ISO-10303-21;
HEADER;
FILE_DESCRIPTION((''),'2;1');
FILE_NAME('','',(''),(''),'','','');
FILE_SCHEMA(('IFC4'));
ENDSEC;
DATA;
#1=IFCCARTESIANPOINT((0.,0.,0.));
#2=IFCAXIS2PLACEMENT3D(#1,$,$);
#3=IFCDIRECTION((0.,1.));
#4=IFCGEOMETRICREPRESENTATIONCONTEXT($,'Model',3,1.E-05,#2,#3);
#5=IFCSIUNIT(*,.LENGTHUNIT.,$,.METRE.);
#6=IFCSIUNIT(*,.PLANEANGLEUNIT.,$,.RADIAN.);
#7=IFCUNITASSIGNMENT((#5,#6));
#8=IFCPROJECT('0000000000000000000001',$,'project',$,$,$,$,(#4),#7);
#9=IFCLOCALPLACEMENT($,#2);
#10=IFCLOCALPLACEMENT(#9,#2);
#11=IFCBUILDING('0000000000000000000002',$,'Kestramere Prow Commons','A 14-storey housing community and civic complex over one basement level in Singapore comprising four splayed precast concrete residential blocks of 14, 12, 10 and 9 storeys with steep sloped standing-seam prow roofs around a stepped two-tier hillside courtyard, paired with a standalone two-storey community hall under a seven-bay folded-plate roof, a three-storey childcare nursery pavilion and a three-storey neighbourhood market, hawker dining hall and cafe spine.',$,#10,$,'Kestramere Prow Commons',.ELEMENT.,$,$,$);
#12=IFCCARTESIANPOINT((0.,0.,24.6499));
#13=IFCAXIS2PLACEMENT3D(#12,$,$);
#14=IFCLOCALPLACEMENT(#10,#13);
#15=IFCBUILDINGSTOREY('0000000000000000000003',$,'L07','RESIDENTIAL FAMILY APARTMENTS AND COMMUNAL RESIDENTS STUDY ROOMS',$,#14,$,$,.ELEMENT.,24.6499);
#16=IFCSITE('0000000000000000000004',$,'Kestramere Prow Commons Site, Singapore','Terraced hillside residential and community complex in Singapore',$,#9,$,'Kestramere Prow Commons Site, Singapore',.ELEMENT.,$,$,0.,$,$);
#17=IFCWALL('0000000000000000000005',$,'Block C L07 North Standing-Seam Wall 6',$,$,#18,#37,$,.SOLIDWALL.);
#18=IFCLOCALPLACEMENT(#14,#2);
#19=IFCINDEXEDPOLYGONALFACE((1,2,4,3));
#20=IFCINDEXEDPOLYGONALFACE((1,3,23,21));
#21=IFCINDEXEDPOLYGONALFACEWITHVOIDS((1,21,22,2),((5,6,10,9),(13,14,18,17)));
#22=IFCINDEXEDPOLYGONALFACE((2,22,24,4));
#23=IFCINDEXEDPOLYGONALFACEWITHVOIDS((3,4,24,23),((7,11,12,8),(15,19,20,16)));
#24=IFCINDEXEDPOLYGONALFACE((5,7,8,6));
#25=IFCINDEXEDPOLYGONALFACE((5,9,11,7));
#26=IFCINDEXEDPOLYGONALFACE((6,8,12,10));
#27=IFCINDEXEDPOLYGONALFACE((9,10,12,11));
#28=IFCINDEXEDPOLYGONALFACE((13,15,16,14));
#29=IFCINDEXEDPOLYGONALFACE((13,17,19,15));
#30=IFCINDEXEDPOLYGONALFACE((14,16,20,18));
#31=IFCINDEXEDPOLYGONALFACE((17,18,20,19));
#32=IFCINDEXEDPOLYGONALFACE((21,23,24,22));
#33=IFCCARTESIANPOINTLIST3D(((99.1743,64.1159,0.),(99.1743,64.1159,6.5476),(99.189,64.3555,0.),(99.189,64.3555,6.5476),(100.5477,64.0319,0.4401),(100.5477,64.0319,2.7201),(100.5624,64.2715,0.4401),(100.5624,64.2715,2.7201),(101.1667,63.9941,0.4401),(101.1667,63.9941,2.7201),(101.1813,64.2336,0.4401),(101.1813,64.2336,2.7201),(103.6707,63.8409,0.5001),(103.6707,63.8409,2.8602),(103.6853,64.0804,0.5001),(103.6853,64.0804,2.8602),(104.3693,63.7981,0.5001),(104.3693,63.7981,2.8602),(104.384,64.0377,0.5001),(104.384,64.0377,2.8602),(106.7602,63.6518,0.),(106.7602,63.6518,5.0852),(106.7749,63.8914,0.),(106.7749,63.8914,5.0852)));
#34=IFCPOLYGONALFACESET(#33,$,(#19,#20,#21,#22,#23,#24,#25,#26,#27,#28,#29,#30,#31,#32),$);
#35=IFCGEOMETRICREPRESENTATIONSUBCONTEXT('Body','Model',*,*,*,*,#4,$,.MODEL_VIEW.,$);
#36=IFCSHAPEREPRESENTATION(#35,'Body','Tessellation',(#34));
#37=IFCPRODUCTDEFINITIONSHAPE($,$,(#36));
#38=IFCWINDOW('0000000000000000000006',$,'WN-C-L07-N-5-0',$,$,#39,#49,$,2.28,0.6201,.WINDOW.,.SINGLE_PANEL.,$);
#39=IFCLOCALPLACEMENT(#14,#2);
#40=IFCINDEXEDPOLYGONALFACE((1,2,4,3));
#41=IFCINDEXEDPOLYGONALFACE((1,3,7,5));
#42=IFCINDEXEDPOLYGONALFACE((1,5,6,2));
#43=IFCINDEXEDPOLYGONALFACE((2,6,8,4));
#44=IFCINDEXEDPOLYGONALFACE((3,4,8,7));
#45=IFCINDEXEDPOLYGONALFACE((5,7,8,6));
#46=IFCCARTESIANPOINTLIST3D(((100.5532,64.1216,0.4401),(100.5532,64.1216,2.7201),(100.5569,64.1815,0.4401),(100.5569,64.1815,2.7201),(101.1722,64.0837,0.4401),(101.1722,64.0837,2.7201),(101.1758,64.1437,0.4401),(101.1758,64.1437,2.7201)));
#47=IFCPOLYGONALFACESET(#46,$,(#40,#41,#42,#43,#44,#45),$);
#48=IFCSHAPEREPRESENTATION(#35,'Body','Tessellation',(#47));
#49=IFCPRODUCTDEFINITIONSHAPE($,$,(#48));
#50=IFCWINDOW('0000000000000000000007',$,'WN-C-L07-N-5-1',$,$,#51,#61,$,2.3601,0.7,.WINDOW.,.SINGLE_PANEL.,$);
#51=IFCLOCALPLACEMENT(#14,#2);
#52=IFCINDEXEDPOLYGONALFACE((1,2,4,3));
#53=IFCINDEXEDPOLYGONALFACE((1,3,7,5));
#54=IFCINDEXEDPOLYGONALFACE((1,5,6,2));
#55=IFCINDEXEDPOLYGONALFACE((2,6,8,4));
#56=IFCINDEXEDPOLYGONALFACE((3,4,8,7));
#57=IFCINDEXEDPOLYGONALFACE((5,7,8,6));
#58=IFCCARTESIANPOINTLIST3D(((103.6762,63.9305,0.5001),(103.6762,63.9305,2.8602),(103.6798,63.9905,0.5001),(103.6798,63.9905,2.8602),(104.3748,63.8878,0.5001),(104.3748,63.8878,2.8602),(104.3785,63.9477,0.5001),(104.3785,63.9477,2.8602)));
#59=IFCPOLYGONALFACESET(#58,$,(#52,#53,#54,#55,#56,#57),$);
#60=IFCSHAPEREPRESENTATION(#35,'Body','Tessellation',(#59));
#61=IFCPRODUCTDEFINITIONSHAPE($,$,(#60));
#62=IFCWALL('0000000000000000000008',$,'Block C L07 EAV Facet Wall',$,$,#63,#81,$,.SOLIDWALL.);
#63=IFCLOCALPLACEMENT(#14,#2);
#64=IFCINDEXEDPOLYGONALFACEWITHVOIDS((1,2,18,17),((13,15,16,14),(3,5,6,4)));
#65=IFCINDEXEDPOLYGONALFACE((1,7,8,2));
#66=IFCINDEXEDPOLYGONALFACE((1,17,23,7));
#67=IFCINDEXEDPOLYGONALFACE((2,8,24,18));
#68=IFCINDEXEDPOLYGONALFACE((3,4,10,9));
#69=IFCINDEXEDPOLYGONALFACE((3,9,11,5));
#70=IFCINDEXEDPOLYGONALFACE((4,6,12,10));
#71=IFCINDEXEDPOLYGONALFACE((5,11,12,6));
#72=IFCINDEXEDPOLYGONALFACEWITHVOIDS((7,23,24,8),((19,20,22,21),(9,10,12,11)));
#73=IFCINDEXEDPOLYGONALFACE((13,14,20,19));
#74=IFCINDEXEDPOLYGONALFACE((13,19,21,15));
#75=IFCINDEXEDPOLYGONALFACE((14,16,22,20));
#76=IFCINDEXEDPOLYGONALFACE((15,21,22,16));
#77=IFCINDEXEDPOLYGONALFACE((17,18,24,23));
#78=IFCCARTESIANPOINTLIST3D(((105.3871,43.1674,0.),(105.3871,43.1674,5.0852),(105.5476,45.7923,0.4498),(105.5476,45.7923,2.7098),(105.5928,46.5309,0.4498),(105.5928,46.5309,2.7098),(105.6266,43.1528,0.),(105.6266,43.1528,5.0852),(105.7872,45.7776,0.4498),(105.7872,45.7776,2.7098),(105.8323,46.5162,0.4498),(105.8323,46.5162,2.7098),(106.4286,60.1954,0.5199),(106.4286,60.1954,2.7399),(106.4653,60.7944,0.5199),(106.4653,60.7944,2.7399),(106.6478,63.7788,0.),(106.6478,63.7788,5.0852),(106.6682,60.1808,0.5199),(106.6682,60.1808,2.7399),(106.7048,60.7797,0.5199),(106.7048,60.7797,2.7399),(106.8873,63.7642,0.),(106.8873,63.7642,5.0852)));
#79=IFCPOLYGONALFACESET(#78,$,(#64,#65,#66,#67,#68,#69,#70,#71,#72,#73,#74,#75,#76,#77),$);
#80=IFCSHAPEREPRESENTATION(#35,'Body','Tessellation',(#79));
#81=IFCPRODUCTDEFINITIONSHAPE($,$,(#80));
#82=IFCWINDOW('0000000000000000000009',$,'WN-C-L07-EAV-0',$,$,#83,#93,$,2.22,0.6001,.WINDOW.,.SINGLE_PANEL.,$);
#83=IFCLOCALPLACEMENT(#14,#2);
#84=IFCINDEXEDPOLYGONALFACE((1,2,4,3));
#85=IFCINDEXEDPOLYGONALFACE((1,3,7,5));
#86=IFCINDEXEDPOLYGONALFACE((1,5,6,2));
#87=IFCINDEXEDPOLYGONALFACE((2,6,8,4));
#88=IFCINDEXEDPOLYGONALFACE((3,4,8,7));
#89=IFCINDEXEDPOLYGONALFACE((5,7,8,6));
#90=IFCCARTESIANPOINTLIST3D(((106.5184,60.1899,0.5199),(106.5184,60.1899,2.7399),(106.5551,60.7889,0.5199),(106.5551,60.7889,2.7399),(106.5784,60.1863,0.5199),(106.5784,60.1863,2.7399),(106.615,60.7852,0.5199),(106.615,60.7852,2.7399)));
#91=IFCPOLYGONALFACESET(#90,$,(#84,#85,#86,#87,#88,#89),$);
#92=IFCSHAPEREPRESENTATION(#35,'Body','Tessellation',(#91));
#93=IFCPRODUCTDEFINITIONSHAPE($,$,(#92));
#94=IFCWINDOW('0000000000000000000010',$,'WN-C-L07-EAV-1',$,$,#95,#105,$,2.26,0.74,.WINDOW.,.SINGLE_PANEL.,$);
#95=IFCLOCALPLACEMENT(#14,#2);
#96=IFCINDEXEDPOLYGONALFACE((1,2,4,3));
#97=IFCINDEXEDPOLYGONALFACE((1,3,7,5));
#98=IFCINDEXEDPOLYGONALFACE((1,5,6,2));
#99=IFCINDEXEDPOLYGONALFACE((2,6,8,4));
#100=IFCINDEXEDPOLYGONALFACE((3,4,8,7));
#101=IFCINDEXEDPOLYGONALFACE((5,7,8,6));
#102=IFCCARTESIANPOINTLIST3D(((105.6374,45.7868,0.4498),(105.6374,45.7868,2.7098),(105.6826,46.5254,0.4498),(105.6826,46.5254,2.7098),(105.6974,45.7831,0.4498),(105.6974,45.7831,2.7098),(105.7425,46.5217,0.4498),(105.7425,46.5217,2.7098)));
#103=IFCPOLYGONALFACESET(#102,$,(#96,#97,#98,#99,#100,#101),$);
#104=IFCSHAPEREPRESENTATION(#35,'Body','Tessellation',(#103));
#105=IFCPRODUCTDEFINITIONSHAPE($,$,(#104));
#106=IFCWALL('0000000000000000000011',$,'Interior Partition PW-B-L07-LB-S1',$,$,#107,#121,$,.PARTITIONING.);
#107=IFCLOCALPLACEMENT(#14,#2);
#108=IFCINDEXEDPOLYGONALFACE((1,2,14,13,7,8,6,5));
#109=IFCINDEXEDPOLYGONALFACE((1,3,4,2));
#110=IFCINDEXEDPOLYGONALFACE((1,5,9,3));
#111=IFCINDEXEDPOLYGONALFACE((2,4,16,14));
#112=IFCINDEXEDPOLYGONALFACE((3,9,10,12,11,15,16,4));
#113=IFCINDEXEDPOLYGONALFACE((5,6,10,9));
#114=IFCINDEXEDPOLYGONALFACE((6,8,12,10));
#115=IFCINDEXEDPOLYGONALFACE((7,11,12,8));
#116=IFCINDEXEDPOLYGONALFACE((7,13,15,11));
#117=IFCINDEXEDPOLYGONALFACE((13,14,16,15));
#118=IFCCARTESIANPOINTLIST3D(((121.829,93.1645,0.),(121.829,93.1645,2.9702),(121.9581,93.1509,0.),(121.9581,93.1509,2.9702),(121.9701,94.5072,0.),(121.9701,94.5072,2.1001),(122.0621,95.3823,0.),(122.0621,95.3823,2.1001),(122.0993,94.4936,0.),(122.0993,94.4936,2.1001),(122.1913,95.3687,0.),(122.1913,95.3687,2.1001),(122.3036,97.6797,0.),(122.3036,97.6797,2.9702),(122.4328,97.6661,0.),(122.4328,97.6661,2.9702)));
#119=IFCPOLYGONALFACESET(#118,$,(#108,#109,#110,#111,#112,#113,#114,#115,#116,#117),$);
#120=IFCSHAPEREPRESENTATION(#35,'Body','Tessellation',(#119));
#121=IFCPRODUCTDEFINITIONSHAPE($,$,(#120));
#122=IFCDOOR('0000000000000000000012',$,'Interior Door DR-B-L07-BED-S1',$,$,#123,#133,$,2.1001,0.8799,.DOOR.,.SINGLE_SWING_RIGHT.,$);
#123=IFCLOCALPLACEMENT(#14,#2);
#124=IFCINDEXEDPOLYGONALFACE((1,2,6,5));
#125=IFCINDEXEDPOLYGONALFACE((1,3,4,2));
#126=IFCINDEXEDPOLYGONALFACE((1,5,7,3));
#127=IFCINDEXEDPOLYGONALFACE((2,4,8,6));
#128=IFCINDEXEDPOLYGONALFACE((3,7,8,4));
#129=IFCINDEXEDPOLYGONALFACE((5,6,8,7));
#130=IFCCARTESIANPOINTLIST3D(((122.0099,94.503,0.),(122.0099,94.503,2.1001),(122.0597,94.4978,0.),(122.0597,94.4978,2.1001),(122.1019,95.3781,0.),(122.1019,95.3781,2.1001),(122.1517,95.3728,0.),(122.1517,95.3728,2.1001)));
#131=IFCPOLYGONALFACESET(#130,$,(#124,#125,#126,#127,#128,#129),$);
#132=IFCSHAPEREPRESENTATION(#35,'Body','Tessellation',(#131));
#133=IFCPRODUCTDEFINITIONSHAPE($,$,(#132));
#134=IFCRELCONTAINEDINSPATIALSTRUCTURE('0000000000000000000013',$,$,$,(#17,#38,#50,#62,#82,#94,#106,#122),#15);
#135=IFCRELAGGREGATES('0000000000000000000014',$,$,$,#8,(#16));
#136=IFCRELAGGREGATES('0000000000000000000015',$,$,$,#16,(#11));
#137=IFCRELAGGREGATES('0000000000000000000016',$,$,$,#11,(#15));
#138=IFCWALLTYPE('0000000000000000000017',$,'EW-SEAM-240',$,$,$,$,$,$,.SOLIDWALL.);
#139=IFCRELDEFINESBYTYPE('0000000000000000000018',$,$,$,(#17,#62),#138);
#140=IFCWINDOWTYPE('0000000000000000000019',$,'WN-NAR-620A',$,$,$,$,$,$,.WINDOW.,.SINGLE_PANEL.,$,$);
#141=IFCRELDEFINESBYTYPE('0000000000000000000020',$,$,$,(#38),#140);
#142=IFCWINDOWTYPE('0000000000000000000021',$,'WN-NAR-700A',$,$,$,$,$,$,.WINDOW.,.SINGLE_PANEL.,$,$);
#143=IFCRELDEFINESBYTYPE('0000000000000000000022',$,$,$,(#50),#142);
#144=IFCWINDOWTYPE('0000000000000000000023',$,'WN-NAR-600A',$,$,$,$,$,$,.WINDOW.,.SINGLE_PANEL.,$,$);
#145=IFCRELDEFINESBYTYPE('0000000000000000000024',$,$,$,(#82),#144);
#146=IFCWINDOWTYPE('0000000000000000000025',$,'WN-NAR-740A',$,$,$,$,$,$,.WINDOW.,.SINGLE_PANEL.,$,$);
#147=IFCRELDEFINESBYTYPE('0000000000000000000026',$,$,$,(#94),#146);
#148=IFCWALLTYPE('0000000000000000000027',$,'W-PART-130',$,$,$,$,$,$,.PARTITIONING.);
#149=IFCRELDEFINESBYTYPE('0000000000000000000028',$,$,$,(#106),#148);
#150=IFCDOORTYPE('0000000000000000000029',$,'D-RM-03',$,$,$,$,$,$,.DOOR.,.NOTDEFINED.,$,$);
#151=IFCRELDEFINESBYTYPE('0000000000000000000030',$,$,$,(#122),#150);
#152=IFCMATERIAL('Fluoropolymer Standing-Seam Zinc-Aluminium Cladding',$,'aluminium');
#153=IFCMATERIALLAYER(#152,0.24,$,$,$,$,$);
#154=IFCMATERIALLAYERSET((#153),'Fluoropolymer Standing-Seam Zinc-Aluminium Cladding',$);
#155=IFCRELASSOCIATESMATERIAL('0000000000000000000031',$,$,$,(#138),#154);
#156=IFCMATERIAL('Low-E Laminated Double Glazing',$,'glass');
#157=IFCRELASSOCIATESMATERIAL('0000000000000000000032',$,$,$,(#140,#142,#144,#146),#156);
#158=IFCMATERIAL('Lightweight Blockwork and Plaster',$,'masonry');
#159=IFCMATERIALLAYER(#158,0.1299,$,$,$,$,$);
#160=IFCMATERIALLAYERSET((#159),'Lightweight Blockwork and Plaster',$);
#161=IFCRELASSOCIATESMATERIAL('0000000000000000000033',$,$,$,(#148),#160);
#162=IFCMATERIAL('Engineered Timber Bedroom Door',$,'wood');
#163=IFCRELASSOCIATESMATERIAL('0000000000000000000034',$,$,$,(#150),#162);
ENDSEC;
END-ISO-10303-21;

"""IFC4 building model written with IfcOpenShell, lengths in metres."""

from ifc_helpers import new_model, si_unit, direction, frame, frame_2d, origin, place, context, subcontext, project, spatial, polyline, rectangle, outline, extrude, material, layer, layer_set, type_object, element, fill, save


model = new_model("IFC4")

# Units and contexts
model_context = context("Model", 3, precision=1e-05, world=origin(), true_north=direction((0.0, 1.0)))
body_context = subcontext(model_context, "Body", "Model", "MODEL_VIEW")
ifc_project = project(units=[si_unit("LENGTHUNIT", "METRE"), si_unit("PLANEANGLEUNIT", "RADIAN")], contexts=[model_context])

# Site, building, storey
site_placement = place(None, origin())
site = spatial("IfcSite", under=ifc_project, at=site_placement, Name="Kestramere Prow Commons Site, Singapore", Description="Terraced hillside residential and community complex in Singapore", LongName="Kestramere Prow Commons Site, Singapore", CompositionType="ELEMENT", RefElevation=0.0)
building_placement = place(site_placement, origin())
building = spatial("IfcBuilding", under=site, at=building_placement, Name="Kestramere Prow Commons", Description="A 14-storey housing community and civic complex over one basement level in Singapore comprising four splayed precast concrete residential blocks of 14, 12, 10 and 9 storeys with steep sloped standing-seam prow roofs around a stepped two-tier hillside courtyard, paired with a standalone two-storey community hall under a seven-bay folded-plate roof, a three-storey childcare nursery pavilion and a three-storey neighbourhood market, hawker dining hall and cafe spine.", LongName="Kestramere Prow Commons", CompositionType="ELEMENT")
storey_placement = place(building_placement, frame((0.0, 0.0, 24.6499)))
storey = spatial("IfcBuildingStorey", under=building, at=storey_placement, Name="L07", Description="RESIDENTIAL FAMILY APARTMENTS AND COMMUNAL RESIDENTS STUDY ROOMS", CompositionType="ELEMENT", Elevation=24.6499)

# Shared definitions
ifc_material_1 = material(Name="Fluoropolymer Standing-Seam Zinc-Aluminium Cladding", Category="aluminium")
ifc_layer_1 = layer(ifc_material_1, 0.24)
ifc_layer_set_1 = layer_set([ifc_layer_1], Name="Fluoropolymer Standing-Seam Zinc-Aluminium Cladding")
wall_type_1 = type_object("IfcWallType", Name="EW-SEAM-240", PredefinedType="SOLIDWALL", material=ifc_layer_set_1)
ifc_material_2 = material(Name="Low-E Laminated Double Glazing", Category="glass")

# Walls, openings, windows
wall_1_placement = place(storey_placement, frame((99.1816, 64.2356, 0.0), z_axis=(0.0, 0.0, 1.0), x_axis=(0.998134, -0.061066, 0.0)))
wall_1 = element("IfcWall", 1, at=wall_1_placement, inside=storey, type_object=wall_type_1, Name="Block C L07 North Standing-Seam Wall 6", PredefinedType="SOLIDWALL", context=body_context, shape_type="SweptSolid", body=[
    extrude(outline(polyline([(0.0, 0.0), (7.6001, 0.0), (7.6001, 5.0852), (0.0, 6.5476), (0.0, 0.0)])), frame((0.0, 0.1201, 0.0), z_axis=(0.0, -1.0, 0.0), x_axis=(1.0, 0.0, 0.0)), (0.0, 0.0, 1.0), 0.24),
])
opening_1_placement = place(wall_1_placement, frame((1.376, 0.0, 0.4399)))
opening_1 = element("IfcOpeningElement", 2, at=opening_1_placement, cuts=wall_1, PredefinedType="OPENING", context=body_context, shape_type="SweptSolid", body=[
    extrude(rectangle(XDim=0.6201, YDim=2.28, at=frame_2d((0.3101, 1.1401))), frame((0.0, 0.135, 0.0), z_axis=(0.0, -1.0, 0.0), x_axis=(1.0, 0.0, 0.0)), (0.0, 0.0, 1.0), 0.27),
])
opening_2_placement = place(wall_1_placement, frame((4.5046, 0.0, 0.5)))
opening_2 = element("IfcOpeningElement", 3, at=opening_2_placement, cuts=wall_1, PredefinedType="OPENING", context=body_context, shape_type="SweptSolid", body=[
    extrude(rectangle(XDim=0.7, YDim=2.3601, at=frame_2d((0.3501, 1.1802))), frame((0.0, 0.135, 0.0), z_axis=(0.0, -1.0, 0.0), x_axis=(1.0, 0.0, 0.0)), (0.0, 0.0, 1.0), 0.27),
])
window_type_1 = type_object("IfcWindowType", Name="WN-NAR-620A", PartitioningType="SINGLE_PANEL", PredefinedType="WINDOW", material=ifc_material_2)
window_1_placement = place(opening_1_placement, origin())
window_1 = element("IfcWindow", 4, at=window_1_placement, inside=storey, type_object=window_type_1, Name="WN-C-L07-N-5-0", OverallHeight=2.28, OverallWidth=0.6201, PartitioningType="SINGLE_PANEL", PredefinedType="WINDOW", context=body_context, shape_type="SweptSolid", body=[
    extrude(rectangle(XDim=0.6201, YDim=2.28, at=frame_2d((0.3101, 1.1401))), frame((0.0, 0.03, 0.0), z_axis=(0.0, -1.0, 0.0), x_axis=(1.0, 0.0, 0.0)), (0.0, 0.0, 1.0), 0.0601),
])
fill(opening_1, window_1)
window_type_2 = type_object("IfcWindowType", Name="WN-NAR-700A", PartitioningType="SINGLE_PANEL", PredefinedType="WINDOW", material=ifc_material_2)
window_2_placement = place(opening_2_placement, origin())
window_2 = element("IfcWindow", 5, at=window_2_placement, inside=storey, type_object=window_type_2, Name="WN-C-L07-N-5-1", OverallHeight=2.3601, OverallWidth=0.7, PartitioningType="SINGLE_PANEL", PredefinedType="WINDOW", context=body_context, shape_type="SweptSolid", body=[
    extrude(rectangle(XDim=0.7, YDim=2.3601, at=frame_2d((0.3501, 1.1802))), frame((0.0, 0.03, 0.0), z_axis=(0.0, -1.0, 0.0), x_axis=(1.0, 0.0, 0.0)), (0.0, 0.0, 1.0), 0.0601),
])
fill(opening_2, window_2)
wall_2_placement = place(storey_placement, frame((106.7676, 63.7715, 0.0), z_axis=(0.0, 0.0, 1.0), x_axis=(-0.061053, -0.998135, 0.0)))
wall_2 = element("IfcWall", 6, at=wall_2_placement, inside=storey, type_object=wall_type_1, Name="Block C L07 EAV Facet Wall", PredefinedType="SOLIDWALL", context=body_context, shape_type="SweptSolid", body=[
    extrude(rectangle(XDim=20.6499, YDim=0.24, at=frame_2d((10.325, 0.0))), origin(), (0.0, 0.0, 1.0), 5.0852),
])
opening_3_placement = place(wall_2_placement, frame((2.99, 0.0, 0.52)))
opening_3 = element("IfcOpeningElement", 7, at=opening_3_placement, cuts=wall_2, PredefinedType="OPENING", context=body_context, shape_type="SweptSolid", body=[
    extrude(rectangle(XDim=0.6001, YDim=2.22, at=frame_2d((0.3, 1.1099))), frame((0.0, 0.135, 0.0), z_axis=(0.0, -1.0, 0.0), x_axis=(1.0, 0.0, 0.0)), (0.0, 0.0, 1.0), 0.27),
])
opening_4_placement = place(wall_2_placement, frame((17.28, 0.0, 0.45)))
opening_4 = element("IfcOpeningElement", 8, at=opening_4_placement, cuts=wall_2, PredefinedType="OPENING", context=body_context, shape_type="SweptSolid", body=[
    extrude(rectangle(XDim=0.74, YDim=2.26, at=frame_2d((0.3701, 1.1299))), frame((0.0, 0.135, 0.0), z_axis=(0.0, -1.0, 0.0), x_axis=(1.0, 0.0, 0.0)), (0.0, 0.0, 1.0), 0.27),
])
window_type_3 = type_object("IfcWindowType", Name="WN-NAR-600A", PartitioningType="SINGLE_PANEL", PredefinedType="WINDOW", material=ifc_material_2)
window_3_placement = place(opening_3_placement, origin())
window_3 = element("IfcWindow", 9, at=window_3_placement, inside=storey, type_object=window_type_3, Name="WN-C-L07-EAV-0", OverallHeight=2.22, OverallWidth=0.6001, PartitioningType="SINGLE_PANEL", PredefinedType="WINDOW", context=body_context, shape_type="SweptSolid", body=[
    extrude(rectangle(XDim=0.6001, YDim=2.22, at=frame_2d((0.3, 1.1099))), frame((0.0, 0.03, 0.0), z_axis=(0.0, -1.0, 0.0), x_axis=(1.0, 0.0, 0.0)), (0.0, 0.0, 1.0), 0.0601),
])
fill(opening_3, window_3)
window_type_4 = type_object("IfcWindowType", Name="WN-NAR-740A", PartitioningType="SINGLE_PANEL", PredefinedType="WINDOW", material=ifc_material_2)
window_4_placement = place(opening_4_placement, origin())
window_4 = element("IfcWindow", 10, at=window_4_placement, inside=storey, type_object=window_type_4, Name="WN-C-L07-EAV-1", OverallHeight=2.26, OverallWidth=0.74, PartitioningType="SINGLE_PANEL", PredefinedType="WINDOW", context=body_context, shape_type="SweptSolid", body=[
    extrude(rectangle(XDim=0.74, YDim=2.26, at=frame_2d((0.3701, 1.1299))), frame((0.0, 0.03, 0.0), z_axis=(0.0, -1.0, 0.0), x_axis=(1.0, 0.0, 0.0)), (0.0, 0.0, 1.0), 0.0601),
])
fill(opening_4, window_4)

# Wall, opening, door
ifc_material_3 = material(Name="Lightweight Blockwork and Plaster", Category="masonry")
ifc_layer_2 = layer(ifc_material_3, 0.1299)
ifc_layer_set_2 = layer_set([ifc_layer_2], Name="Lightweight Blockwork and Plaster")
wall_type_2 = type_object("IfcWallType", Name="W-PART-130", PredefinedType="PARTITIONING", material=ifc_layer_set_2)
wall_3_placement = place(storey_placement, frame((121.8936, 93.1577, 0.0), z_axis=(0.0, 0.0, 1.0), x_axis=(0.104539, 0.994521, 0.0)))
wall_3 = element("IfcWall", 11, at=wall_3_placement, inside=storey, type_object=wall_type_2, Name="Interior Partition PW-B-L07-LB-S1", PredefinedType="PARTITIONING", context=body_context, shape_type="SweptSolid", body=[
    extrude(rectangle(XDim=4.54, YDim=0.1299, at=frame_2d((2.27, 0.0))), origin(), (0.0, 0.0, 1.0), 2.9702),
])
opening_5_placement = place(wall_3_placement, frame((1.3501, 0.0, 0.0)))
opening_5 = element("IfcOpeningElement", 12, at=opening_5_placement, cuts=wall_3, PredefinedType="OPENING", context=body_context, shape_type="SweptSolid", body=[
    extrude(rectangle(XDim=0.8799, YDim=2.1001, at=frame_2d((0.4399, 1.05))), frame((0.0, 0.0798, 0.0), z_axis=(0.0, -1.0, 0.0), x_axis=(1.0, 0.0, 0.0)), (0.0, 0.0, 1.0), 0.1599),
])
ifc_material_4 = material(Name="Engineered Timber Bedroom Door", Category="wood")
door_type_1 = type_object("IfcDoorType", Name="D-RM-03", OperationType="NOTDEFINED", PredefinedType="DOOR", material=ifc_material_4)
door_1_placement = place(opening_5_placement, origin())
door_1 = element("IfcDoor", 13, at=door_1_placement, inside=storey, type_object=door_type_1, Name="Interior Door DR-B-L07-BED-S1", OperationType="SINGLE_SWING_RIGHT", OverallHeight=2.1001, OverallWidth=0.8799, PredefinedType="DOOR", context=body_context, shape_type="SweptSolid", body=[
    extrude(rectangle(XDim=0.8799, YDim=2.1001, at=frame_2d((0.4399, 1.05))), frame((0.0, 0.0249, 0.0), z_axis=(0.0, -1.0, 0.0), x_axis=(1.0, 0.0, 0.0)), (0.0, 0.0, 1.0), 0.05),
])
fill(opening_5, door_1)

save(model, "model.ifc")
